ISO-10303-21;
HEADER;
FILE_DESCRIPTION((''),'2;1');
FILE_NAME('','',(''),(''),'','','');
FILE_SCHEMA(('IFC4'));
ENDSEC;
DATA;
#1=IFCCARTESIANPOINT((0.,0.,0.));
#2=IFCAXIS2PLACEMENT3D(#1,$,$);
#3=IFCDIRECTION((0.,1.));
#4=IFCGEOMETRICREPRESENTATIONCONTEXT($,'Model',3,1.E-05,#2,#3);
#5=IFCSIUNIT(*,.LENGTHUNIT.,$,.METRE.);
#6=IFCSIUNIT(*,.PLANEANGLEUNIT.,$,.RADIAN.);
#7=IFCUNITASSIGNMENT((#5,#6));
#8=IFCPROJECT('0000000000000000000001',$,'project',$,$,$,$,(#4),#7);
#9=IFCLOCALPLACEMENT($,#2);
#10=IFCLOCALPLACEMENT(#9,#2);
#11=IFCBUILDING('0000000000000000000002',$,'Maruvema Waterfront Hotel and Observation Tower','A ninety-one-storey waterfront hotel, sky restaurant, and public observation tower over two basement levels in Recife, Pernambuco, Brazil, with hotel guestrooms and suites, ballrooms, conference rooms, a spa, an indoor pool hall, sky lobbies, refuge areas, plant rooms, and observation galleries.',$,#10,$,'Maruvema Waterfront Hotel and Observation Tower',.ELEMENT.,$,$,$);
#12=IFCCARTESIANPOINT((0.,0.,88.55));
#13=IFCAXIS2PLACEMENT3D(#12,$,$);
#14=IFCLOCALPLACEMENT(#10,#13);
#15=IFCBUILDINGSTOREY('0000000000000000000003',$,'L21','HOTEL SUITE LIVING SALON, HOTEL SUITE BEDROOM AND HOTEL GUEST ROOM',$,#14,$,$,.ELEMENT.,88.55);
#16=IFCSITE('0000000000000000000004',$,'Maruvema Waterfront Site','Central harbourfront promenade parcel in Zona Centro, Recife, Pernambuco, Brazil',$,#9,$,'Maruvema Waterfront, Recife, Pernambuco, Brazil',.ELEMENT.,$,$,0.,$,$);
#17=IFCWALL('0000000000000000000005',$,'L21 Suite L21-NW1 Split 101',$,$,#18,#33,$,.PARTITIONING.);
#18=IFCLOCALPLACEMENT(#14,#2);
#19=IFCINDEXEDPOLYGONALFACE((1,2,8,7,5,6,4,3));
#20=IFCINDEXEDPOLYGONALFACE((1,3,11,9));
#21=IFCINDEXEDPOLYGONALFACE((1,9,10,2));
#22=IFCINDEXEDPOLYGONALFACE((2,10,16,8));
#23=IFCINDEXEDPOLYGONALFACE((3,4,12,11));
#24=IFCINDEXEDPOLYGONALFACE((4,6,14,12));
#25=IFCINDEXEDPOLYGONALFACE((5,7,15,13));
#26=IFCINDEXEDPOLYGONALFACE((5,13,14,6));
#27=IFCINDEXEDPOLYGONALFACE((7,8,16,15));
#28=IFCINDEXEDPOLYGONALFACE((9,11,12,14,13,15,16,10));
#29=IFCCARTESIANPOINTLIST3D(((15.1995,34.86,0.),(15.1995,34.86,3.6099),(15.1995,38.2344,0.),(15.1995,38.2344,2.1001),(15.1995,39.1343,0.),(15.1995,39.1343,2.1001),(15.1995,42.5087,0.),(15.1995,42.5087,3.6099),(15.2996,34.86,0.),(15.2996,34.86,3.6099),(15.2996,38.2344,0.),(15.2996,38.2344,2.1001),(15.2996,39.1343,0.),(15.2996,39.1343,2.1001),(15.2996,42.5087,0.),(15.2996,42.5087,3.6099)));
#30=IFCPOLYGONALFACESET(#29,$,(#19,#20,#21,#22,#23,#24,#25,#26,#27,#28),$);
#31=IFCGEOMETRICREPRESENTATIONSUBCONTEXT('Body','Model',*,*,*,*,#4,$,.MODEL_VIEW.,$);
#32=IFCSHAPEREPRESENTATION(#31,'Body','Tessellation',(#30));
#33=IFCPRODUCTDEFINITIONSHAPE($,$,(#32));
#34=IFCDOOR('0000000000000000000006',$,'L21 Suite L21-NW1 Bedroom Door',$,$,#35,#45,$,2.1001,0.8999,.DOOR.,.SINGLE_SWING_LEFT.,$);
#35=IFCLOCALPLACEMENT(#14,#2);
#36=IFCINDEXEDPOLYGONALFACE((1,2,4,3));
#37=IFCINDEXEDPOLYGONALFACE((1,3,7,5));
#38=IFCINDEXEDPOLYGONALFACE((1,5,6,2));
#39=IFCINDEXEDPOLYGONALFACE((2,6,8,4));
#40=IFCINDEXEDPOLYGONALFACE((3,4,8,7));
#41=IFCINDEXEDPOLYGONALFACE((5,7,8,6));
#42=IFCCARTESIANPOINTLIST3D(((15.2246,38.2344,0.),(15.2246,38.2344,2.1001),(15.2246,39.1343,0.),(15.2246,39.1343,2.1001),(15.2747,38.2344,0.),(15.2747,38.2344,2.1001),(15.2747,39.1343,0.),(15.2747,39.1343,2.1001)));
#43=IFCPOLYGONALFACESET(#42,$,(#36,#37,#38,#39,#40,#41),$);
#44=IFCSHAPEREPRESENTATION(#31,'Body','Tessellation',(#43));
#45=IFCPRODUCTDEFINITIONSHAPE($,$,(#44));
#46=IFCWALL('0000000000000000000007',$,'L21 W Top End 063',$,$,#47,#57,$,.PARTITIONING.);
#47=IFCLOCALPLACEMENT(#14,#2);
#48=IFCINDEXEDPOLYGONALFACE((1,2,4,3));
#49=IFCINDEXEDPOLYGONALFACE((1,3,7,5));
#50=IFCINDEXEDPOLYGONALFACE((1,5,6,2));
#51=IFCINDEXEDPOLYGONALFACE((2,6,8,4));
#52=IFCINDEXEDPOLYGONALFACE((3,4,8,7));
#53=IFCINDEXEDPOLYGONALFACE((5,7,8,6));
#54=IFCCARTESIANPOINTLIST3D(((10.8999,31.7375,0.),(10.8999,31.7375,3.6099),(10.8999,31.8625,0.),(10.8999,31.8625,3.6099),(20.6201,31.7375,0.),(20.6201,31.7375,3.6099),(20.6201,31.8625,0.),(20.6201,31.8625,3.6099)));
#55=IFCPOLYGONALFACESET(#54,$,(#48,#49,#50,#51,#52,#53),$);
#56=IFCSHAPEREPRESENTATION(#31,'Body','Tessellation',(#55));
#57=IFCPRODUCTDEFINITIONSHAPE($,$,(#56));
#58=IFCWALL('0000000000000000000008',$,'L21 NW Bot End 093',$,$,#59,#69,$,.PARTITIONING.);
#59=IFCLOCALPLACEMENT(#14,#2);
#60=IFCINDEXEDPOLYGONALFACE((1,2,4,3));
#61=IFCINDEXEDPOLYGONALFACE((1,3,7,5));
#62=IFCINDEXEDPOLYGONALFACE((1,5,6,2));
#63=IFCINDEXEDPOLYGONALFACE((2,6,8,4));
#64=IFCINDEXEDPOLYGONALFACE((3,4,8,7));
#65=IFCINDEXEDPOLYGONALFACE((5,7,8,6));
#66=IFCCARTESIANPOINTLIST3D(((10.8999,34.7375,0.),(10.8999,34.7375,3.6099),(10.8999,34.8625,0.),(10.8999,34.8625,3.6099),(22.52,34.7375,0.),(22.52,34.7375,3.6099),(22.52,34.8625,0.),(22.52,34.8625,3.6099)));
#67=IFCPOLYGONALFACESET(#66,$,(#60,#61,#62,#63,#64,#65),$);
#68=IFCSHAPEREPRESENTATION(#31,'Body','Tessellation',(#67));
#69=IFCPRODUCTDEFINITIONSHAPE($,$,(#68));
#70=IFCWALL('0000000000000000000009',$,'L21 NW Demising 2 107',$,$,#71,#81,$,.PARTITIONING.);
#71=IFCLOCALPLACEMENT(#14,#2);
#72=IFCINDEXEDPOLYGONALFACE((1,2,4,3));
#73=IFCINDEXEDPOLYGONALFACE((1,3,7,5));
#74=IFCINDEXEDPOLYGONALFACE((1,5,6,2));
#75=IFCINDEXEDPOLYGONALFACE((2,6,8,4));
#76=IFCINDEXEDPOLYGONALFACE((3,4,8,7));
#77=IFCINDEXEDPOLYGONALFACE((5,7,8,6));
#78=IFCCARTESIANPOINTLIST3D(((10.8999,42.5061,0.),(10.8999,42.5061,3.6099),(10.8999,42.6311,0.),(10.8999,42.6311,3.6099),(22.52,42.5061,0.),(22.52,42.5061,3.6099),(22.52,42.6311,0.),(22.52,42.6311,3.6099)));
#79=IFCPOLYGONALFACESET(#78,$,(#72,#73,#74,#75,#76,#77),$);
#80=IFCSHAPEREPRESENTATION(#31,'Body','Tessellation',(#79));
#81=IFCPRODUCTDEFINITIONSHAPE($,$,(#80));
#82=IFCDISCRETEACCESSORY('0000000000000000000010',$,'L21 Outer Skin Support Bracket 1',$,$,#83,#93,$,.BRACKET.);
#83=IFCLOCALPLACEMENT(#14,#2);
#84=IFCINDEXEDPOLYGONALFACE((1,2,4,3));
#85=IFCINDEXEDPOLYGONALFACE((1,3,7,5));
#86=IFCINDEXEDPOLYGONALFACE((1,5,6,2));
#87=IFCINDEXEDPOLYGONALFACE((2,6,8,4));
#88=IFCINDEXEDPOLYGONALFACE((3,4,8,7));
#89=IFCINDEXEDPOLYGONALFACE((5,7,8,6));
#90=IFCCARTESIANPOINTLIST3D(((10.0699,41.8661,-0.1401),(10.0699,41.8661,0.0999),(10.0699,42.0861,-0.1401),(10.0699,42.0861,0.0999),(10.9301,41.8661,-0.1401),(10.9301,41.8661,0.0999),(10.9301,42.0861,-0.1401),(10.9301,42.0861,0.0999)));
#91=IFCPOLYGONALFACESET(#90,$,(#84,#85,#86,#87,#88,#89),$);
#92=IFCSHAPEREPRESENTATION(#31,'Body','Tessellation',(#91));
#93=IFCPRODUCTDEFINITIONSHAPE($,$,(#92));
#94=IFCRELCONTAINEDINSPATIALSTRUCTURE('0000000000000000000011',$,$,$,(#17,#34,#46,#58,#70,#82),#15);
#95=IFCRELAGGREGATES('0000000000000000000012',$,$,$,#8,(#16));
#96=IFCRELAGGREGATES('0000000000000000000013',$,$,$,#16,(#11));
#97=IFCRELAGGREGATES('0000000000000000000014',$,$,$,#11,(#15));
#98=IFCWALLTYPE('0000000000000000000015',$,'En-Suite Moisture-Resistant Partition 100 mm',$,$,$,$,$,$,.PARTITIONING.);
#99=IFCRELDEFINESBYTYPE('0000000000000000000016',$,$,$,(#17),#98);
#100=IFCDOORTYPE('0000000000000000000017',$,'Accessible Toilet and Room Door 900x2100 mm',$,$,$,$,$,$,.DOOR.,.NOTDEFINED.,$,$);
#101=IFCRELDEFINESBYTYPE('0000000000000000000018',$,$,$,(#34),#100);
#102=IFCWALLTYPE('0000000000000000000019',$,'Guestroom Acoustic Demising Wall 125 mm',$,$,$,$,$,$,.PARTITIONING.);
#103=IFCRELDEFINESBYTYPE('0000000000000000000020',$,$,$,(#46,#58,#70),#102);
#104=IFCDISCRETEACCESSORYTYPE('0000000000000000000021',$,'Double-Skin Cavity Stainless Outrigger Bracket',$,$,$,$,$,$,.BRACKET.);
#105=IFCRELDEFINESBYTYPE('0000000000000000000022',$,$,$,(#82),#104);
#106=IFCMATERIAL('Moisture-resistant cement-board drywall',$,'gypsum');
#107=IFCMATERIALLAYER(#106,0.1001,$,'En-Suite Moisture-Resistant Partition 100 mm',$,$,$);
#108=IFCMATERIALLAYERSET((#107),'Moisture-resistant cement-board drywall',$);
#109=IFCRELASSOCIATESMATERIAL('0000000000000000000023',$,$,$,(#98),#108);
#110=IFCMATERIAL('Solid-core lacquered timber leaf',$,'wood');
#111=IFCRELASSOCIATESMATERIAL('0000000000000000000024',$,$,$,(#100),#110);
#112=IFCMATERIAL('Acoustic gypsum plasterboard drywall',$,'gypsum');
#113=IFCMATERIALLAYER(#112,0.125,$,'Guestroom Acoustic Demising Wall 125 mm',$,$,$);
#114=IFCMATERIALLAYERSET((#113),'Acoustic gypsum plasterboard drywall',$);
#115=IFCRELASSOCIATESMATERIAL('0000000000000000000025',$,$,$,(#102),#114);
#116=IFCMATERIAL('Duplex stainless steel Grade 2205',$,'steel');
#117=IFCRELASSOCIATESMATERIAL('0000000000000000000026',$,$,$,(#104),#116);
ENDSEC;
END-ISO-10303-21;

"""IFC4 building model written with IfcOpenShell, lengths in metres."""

from ifc_helpers import new_model, si_unit, direction, frame, frame_2d, origin, origin_2d, place, context, subcontext, project, spatial, rectangle, extrude, material, layer, layer_set, type_object, element, fill, save


model = new_model("IFC4")

# Units and contexts
model_context = context("Model", 3, precision=1e-05, world=origin(), true_north=direction((0.0, 1.0)))
body_context = subcontext(model_context, "Body", "Model", "MODEL_VIEW")
ifc_project = project(units=[si_unit("LENGTHUNIT", "METRE"), si_unit("PLANEANGLEUNIT", "RADIAN")], contexts=[model_context])

# Site, building, storey
site_placement = place(None, origin())
site = spatial("IfcSite", under=ifc_project, at=site_placement, Name="Maruvema Waterfront Site", Description="Central harbourfront promenade parcel in Zona Centro, Recife, Pernambuco, Brazil", LongName="Maruvema Waterfront, Recife, Pernambuco, Brazil", CompositionType="ELEMENT", RefElevation=0.0)
building_placement = place(site_placement, origin())
building = spatial("IfcBuilding", under=site, at=building_placement, Name="Maruvema Waterfront Hotel and Observation Tower", Description="A ninety-one-storey waterfront hotel, sky restaurant, and public observation tower over two basement levels in Recife, Pernambuco, Brazil, with hotel guestrooms and suites, ballrooms, conference rooms, a spa, an indoor pool hall, sky lobbies, refuge areas, plant rooms, and observation galleries.", LongName="Maruvema Waterfront Hotel and Observation Tower", CompositionType="ELEMENT")
storey_placement = place(building_placement, frame((0.0, 0.0, 88.55)))
storey = spatial("IfcBuildingStorey", under=building, at=storey_placement, Name="L21", Description="HOTEL SUITE LIVING SALON, HOTEL SUITE BEDROOM AND HOTEL GUEST ROOM", CompositionType="ELEMENT", Elevation=88.55)

# Shared definitions
ifc_material_1 = material(Name="Moisture-resistant cement-board drywall", Category="gypsum")
ifc_layer_1 = layer(ifc_material_1, 0.1001, Name="En-Suite Moisture-Resistant Partition 100 mm")
ifc_layer_set_1 = layer_set([ifc_layer_1], Name="Moisture-resistant cement-board drywall")
wall_type_1 = type_object("IfcWallType", Name="En-Suite Moisture-Resistant Partition 100 mm", PredefinedType="PARTITIONING", material=ifc_layer_set_1)

# Wall, opening, door
wall_1_placement = place(storey_placement, frame((15.2495, 34.8601, 0.0), z_axis=(0.0, 0.0, 1.0), x_axis=(0.0, 1.0, 0.0)))
wall_1 = element("IfcWall", 1, at=wall_1_placement, inside=storey, type_object=wall_type_1, Name="L21 Suite L21-NW1 Split 101", PredefinedType="PARTITIONING", context=body_context, shape_type="SweptSolid", body=[
    extrude(rectangle(XDim=7.6487, YDim=0.1001, at=frame_2d((3.8242, 0.0))), origin(), (0.0, 0.0, 1.0), 3.6099),
])
opening_1_placement = place(wall_1_placement, frame((3.3743, 0.0, 0.0)))
opening_1 = element("IfcOpeningElement", 2, at=opening_1_placement, cuts=wall_1, PredefinedType="OPENING", context=body_context, shape_type="SweptSolid", body=[
    extrude(rectangle(XDim=0.8999, YDim=2.1001, at=frame_2d((0.45, 1.05))), frame((0.0, 0.0601, 0.0), z_axis=(0.0, -1.0, 0.0), x_axis=(1.0, 0.0, 0.0)), (0.0, 0.0, 1.0), 0.1201),
])
ifc_material_2 = material(Name="Solid-core lacquered timber leaf", Category="wood")
door_type_1 = type_object("IfcDoorType", Name="Accessible Toilet and Room Door 900x2100 mm", OperationType="NOTDEFINED", PredefinedType="DOOR", material=ifc_material_2)
door_1_placement = place(opening_1_placement, origin())
door_1 = element("IfcDoor", 3, at=door_1_placement, inside=storey, type_object=door_type_1, Name="L21 Suite L21-NW1 Bedroom Door", OperationType="SINGLE_SWING_LEFT", OverallHeight=2.1001, OverallWidth=0.8999, PredefinedType="DOOR", context=body_context, shape_type="SweptSolid", body=[
    extrude(rectangle(XDim=0.8999, YDim=2.1001, at=frame_2d((0.45, 1.05))), frame((0.0, 0.0249, 0.0), z_axis=(0.0, -1.0, 0.0), x_axis=(1.0, 0.0, 0.0)), (0.0, 0.0, 1.0), 0.05),
])
fill(opening_1, door_1)

# Walls
ifc_material_3 = material(Name="Acoustic gypsum plasterboard drywall", Category="gypsum")
ifc_layer_2 = layer(ifc_material_3, 0.125, Name="Guestroom Acoustic Demising Wall 125 mm")
ifc_layer_set_2 = layer_set([ifc_layer_2], Name="Acoustic gypsum plasterboard drywall")
wall_type_2 = type_object("IfcWallType", Name="Guestroom Acoustic Demising Wall 125 mm", PredefinedType="PARTITIONING", material=ifc_layer_set_2)
wall_2_placement = place(storey_placement, frame((10.8999, 31.8, 0.0), z_axis=(0.0, 0.0, 1.0), x_axis=(1.0, 0.0, 0.0)))
element("IfcWall", 4, at=wall_2_placement, inside=storey, type_object=wall_type_2, Name="L21 W Top End 063", PredefinedType="PARTITIONING", context=body_context, shape_type="SweptSolid", body=[
    extrude(rectangle(XDim=9.7202, YDim=0.125, at=frame_2d((4.8601, 0.0))), origin(), (0.0, 0.0, 1.0), 3.6099),
])
for number, where, z_axis, x_axis, name in (
    (5, (10.8999, 34.8, 0.0), (0.0, 0.0, 1.0), (1.0, 0.0, 0.0), "L21 NW Bot End 093"),
    (6, (10.8999, 42.5686, 0.0), (0.0, 0.0, 1.0), (1.0, 0.0, 0.0), "L21 NW Demising 2 107"),
):
    element("IfcWall", number, at=place(storey_placement, frame(where, z_axis=z_axis, x_axis=x_axis)), inside=storey, type_object=wall_type_2, Name=name, PredefinedType="PARTITIONING", context=body_context, shape_type="SweptSolid", body=[
        extrude(rectangle(XDim=11.6201, YDim=0.125, at=frame_2d((5.8101, 0.0))), origin(), (0.0, 0.0, 1.0), 3.6099),
    ])

# Discrete accessory
ifc_material_4 = material(Name="Duplex stainless steel Grade 2205", Category="steel")
discrete_accessory_type = type_object("IfcDiscreteAccessoryType", Name="Double-Skin Cavity Stainless Outrigger Bracket", PredefinedType="BRACKET", material=ifc_material_4)
discrete_accessory_placement = place(storey_placement, frame((10.5, 41.9761, -0.1401), z_axis=(0.0, 0.0, 1.0), x_axis=(0.0, -1.0, 0.0)))
element("IfcDiscreteAccessory", 7, at=discrete_accessory_placement, inside=storey, type_object=discrete_accessory_type, Name="L21 Outer Skin Support Bracket 1", PredefinedType="BRACKET", context=body_context, shape_type="SweptSolid", body=[
    extrude(rectangle(XDim=0.22, YDim=0.8601, at=origin_2d()), origin(), (0.0, 0.0, 1.0), 0.24),
])

save(model, "model.ifc")
